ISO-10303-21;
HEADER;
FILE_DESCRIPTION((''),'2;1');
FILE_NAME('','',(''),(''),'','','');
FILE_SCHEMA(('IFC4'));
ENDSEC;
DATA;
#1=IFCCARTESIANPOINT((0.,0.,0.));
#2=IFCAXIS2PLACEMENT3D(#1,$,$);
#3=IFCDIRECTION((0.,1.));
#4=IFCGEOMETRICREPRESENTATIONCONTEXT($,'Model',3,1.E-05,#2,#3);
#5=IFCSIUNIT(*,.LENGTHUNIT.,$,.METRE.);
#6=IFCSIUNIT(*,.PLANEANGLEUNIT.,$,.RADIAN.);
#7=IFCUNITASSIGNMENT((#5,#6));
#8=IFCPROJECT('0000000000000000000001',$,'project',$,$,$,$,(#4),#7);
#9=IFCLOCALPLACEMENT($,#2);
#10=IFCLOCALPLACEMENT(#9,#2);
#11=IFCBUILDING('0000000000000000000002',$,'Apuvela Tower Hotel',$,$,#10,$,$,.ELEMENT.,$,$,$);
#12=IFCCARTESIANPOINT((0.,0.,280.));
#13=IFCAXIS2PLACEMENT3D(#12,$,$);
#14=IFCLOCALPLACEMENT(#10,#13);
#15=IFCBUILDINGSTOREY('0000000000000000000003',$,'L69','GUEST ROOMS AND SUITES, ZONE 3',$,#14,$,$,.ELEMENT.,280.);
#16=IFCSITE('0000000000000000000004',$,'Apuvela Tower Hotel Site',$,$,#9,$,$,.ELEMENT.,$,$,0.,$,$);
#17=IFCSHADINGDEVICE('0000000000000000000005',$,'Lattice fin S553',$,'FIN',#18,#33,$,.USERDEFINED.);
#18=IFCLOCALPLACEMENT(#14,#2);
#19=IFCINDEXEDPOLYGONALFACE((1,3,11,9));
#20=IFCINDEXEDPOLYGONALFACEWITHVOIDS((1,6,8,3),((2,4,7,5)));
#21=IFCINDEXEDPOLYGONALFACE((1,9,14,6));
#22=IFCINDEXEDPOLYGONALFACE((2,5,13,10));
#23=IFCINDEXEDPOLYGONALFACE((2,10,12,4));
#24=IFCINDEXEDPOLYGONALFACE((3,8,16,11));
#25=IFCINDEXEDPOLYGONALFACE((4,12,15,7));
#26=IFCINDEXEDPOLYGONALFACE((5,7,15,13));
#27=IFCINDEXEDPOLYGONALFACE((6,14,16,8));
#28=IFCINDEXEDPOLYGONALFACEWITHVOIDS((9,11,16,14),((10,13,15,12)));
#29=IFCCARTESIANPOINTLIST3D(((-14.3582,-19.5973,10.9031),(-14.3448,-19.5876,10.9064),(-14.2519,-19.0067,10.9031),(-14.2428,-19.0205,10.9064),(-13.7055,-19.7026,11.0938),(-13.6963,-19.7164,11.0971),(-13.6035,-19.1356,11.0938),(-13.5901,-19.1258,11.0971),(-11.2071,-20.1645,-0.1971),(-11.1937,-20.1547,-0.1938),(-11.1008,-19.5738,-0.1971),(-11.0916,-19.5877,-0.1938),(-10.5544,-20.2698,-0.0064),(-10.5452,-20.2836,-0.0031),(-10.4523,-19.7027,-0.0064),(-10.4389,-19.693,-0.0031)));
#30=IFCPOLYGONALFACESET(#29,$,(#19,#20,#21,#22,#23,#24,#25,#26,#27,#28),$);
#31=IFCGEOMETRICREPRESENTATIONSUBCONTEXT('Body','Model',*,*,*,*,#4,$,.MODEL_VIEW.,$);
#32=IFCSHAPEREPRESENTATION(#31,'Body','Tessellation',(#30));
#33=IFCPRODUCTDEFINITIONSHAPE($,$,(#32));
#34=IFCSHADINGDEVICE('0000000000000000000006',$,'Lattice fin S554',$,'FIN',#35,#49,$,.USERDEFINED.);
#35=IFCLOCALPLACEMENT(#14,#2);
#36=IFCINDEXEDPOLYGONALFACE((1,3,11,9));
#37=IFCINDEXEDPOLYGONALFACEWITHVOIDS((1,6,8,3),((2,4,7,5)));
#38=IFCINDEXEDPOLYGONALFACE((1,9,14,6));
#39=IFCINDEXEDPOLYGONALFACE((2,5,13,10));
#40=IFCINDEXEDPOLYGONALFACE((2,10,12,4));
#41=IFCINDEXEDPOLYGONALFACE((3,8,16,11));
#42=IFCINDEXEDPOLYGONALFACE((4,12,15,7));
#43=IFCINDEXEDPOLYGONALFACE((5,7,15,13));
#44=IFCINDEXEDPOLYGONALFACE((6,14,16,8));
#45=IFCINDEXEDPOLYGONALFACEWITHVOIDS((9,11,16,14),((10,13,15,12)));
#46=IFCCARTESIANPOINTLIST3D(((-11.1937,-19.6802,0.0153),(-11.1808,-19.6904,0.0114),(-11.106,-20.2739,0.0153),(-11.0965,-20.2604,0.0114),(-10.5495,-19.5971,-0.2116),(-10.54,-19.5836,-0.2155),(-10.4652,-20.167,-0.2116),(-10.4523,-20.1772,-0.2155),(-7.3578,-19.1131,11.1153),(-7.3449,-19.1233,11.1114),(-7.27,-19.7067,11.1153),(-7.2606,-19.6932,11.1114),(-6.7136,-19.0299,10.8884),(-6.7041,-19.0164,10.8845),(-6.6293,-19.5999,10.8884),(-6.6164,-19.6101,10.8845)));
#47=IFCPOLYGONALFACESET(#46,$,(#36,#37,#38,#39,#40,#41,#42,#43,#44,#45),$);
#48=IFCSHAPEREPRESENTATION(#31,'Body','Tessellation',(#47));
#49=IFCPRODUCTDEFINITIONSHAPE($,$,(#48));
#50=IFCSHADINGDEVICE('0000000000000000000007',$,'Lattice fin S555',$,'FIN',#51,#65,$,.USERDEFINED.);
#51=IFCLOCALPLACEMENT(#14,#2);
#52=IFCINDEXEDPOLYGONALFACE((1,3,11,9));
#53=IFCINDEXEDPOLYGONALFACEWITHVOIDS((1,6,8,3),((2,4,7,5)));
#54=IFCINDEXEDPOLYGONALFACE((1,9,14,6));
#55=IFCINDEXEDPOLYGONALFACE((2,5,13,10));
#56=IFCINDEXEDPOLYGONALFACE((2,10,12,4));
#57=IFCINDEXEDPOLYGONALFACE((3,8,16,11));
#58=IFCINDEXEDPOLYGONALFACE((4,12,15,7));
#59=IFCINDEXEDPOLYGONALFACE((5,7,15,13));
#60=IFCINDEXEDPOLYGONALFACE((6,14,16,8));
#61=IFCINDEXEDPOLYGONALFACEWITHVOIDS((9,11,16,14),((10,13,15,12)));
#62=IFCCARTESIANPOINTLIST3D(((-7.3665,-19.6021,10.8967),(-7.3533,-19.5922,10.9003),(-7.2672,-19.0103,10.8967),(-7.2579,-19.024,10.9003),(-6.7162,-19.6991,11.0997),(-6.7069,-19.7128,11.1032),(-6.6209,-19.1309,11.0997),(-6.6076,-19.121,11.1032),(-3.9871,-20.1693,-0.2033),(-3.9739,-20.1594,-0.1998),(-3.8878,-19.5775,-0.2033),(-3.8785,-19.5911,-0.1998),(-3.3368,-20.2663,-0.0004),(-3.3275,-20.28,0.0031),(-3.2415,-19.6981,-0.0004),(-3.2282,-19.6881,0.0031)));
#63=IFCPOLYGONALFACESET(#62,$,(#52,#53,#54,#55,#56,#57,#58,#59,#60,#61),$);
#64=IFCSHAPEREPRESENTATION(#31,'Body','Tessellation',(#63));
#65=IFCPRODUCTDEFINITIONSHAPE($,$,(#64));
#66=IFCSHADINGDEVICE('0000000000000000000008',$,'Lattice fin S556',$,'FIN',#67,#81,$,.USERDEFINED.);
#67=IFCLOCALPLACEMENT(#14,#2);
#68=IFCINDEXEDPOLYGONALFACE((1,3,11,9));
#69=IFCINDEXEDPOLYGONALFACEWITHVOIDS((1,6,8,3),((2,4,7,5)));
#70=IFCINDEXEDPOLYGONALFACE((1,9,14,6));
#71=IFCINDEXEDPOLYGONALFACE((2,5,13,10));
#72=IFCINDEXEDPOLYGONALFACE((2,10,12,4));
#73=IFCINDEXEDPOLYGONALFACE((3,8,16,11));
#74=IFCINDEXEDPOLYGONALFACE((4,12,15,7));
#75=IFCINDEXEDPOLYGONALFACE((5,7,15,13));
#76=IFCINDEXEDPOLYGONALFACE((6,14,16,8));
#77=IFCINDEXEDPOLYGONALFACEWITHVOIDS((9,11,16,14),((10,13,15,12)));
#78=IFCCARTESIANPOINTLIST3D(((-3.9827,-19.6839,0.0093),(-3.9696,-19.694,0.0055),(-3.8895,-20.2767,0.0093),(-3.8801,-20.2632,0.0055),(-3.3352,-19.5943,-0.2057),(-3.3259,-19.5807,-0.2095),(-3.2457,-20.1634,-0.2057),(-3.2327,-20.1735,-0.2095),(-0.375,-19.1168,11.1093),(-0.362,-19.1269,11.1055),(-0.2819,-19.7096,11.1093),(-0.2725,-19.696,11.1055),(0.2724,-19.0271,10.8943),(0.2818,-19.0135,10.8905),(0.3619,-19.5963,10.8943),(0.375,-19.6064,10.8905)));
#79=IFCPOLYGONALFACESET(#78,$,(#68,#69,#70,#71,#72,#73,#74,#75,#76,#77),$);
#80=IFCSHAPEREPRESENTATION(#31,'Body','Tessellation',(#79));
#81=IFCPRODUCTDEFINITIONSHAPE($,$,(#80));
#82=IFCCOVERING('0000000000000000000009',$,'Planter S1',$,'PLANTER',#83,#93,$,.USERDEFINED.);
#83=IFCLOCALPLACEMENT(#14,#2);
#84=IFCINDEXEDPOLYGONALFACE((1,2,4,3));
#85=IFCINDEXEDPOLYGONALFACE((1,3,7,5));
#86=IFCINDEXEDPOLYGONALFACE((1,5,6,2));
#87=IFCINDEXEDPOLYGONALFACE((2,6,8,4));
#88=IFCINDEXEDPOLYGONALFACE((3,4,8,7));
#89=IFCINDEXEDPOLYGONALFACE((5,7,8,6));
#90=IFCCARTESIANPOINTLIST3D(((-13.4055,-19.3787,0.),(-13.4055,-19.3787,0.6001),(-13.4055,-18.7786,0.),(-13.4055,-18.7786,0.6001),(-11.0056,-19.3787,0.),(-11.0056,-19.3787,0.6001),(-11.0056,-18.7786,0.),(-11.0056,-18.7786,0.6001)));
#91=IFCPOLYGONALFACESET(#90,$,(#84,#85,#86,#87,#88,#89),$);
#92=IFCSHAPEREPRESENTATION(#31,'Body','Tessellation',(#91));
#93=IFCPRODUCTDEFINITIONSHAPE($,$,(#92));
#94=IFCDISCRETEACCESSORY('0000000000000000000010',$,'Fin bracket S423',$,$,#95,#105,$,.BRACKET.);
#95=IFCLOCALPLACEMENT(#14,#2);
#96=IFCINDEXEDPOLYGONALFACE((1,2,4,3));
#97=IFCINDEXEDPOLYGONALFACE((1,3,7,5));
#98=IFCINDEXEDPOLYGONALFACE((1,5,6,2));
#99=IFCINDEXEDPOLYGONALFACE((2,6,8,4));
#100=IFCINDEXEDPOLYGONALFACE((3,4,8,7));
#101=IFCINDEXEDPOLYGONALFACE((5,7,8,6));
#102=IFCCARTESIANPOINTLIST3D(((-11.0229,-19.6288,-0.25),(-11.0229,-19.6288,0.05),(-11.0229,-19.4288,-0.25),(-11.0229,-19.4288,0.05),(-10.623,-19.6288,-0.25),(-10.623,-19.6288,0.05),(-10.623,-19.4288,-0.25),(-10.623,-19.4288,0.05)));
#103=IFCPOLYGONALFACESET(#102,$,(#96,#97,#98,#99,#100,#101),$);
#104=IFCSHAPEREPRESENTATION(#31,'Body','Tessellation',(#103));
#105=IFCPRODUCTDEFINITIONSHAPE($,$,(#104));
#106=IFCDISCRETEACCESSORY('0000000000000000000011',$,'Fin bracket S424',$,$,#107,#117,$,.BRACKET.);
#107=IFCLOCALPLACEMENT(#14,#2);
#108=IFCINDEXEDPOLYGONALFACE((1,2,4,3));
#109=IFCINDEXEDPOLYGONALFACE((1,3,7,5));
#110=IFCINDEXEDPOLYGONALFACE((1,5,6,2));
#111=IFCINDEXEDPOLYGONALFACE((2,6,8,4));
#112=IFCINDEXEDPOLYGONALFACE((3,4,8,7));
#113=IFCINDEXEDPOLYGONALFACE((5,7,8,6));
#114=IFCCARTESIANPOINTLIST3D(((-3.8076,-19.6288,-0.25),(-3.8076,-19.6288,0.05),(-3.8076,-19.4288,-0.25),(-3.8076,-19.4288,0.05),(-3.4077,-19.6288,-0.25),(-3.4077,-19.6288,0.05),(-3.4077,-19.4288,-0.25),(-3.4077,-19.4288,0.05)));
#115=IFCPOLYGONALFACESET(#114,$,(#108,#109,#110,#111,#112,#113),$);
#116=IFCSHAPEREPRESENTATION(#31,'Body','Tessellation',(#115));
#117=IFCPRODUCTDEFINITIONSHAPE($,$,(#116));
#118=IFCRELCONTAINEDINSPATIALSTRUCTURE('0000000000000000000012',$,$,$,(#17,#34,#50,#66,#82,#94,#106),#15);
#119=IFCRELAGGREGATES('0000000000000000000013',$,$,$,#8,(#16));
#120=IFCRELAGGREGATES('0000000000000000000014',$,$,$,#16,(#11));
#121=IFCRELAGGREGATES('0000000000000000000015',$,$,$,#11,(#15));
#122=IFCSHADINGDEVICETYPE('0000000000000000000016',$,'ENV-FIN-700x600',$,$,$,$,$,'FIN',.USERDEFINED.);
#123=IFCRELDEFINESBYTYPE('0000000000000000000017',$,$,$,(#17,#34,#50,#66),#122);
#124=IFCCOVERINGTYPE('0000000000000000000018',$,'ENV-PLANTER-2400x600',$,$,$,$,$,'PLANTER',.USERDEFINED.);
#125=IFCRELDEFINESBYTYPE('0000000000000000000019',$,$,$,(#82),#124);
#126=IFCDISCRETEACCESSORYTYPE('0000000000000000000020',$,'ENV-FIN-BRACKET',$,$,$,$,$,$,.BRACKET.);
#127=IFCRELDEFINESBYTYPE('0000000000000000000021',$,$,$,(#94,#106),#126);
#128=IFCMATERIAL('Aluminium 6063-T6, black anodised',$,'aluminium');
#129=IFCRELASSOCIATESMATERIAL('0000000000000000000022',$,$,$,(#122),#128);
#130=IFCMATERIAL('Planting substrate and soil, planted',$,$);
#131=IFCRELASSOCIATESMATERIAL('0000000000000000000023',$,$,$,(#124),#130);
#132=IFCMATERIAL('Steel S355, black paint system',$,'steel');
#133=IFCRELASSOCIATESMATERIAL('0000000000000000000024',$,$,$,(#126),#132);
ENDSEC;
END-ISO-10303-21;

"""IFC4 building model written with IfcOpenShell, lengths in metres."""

from ifc_helpers import new_model, si_unit, direction, frame, origin, origin_2d, place, context, subcontext, project, spatial, rectangle, hollow_rectangle, extrude, material, material_profile, profile_set, type_object, element, save


model = new_model("IFC4")

# Units and contexts
model_context = context("Model", 3, precision=1e-05, world=origin(), true_north=direction((0.0, 1.0)))
body_context = subcontext(model_context, "Body", "Model", "MODEL_VIEW")
ifc_project = project(units=[si_unit("LENGTHUNIT", "METRE"), si_unit("PLANEANGLEUNIT", "RADIAN")], contexts=[model_context])

# Site, building, storey
site_placement = place(None, origin())
site = spatial("IfcSite", under=ifc_project, at=site_placement, Name="Apuvela Tower Hotel Site", CompositionType="ELEMENT", RefElevation=0.0)
building_placement = place(site_placement, origin())
building = spatial("IfcBuilding", under=site, at=building_placement, Name="Apuvela Tower Hotel", CompositionType="ELEMENT")
storey_placement = place(building_placement, frame((0.0, 0.0, 280.0)))
storey = spatial("IfcBuildingStorey", under=building, at=storey_placement, Name="L69", Description="GUEST ROOMS AND SUITES, ZONE 3", CompositionType="ELEMENT", Elevation=280.0)

# Shading devices
ifc_material_1 = material(Name="Aluminium 6063-T6, black anodised", Category="aluminium")
ifc_material_profile_1 = material_profile(ifc_material_1, hollow_rectangle(XDim=0.6001, YDim=0.7, WallThickness=0.012, at=origin_2d()), Name="AL BOX 700x600x12")
ifc_profile_set_1 = profile_set([ifc_material_profile_1], Name="Aluminium 6063-T6, black anodised")
shading_device_type = type_object("IfcShadingDeviceType", Name="ENV-FIN-700x600", ElementType="FIN", PredefinedType="USERDEFINED", material=ifc_profile_set_1)
shading_device_1_placement = place(storey_placement, frame((-10.823, -19.9287, -0.1001), z_axis=(-0.272762, 0.049092, 0.960828), x_axis=(-0.177134, -0.984187, 0.0)))
element("IfcShadingDevice", 1, at=shading_device_1_placement, inside=storey, type_object=shading_device_type, Name="Lattice fin S553", ObjectType="FIN", PredefinedType="USERDEFINED", context=body_context, shape_type="SweptSolid", body=[
    extrude(hollow_rectangle(XDim=0.6001, YDim=0.7, WallThickness=0.012, at=origin_2d()), origin(), (0.0, 0.0, 1.0), 11.5527),
])
shading_device_2_placement = place(storey_placement, frame((-10.823, -19.9287, -0.1001), z_axis=(0.326243, 0.048235, 0.944054), x_axis=(-0.146259, 0.989246, 0.0)))
element("IfcShadingDevice", 2, at=shading_device_2_placement, inside=storey, type_object=shading_device_type, Name="Lattice fin S554", ObjectType="FIN", PredefinedType="USERDEFINED", context=body_context, shape_type="SweptSolid", body=[
    extrude(hollow_rectangle(XDim=0.6001, YDim=0.7, WallThickness=0.012, at=origin_2d()), origin(), (0.0, 0.0, 1.0), 11.7578),
])
shading_device_3_placement = place(storey_placement, frame((-3.6077, -19.9287, -0.1001), z_axis=(-0.290901, 0.04882, 0.955507), x_axis=(-0.165508, -0.986208, 0.0)))
element("IfcShadingDevice", 3, at=shading_device_3_placement, inside=storey, type_object=shading_device_type, Name="Lattice fin S555", ObjectType="FIN", PredefinedType="USERDEFINED", context=body_context, shape_type="SweptSolid", body=[
    extrude(hollow_rectangle(XDim=0.6001, YDim=0.7, WallThickness=0.012, at=origin_2d()), origin(), (0.0, 0.0, 1.0), 11.6169),
])
shading_device_4_placement = place(storey_placement, frame((-3.6077, -19.9287, -0.1001), z_axis=(0.308732, 0.048534, 0.94991), x_axis=(-0.155297, 0.987868, 0.0)))
element("IfcShadingDevice", 4, at=shading_device_4_placement, inside=storey, type_object=shading_device_type, Name="Lattice fin S556", ObjectType="FIN", PredefinedType="USERDEFINED", context=body_context, shape_type="SweptSolid", body=[
    extrude(hollow_rectangle(XDim=0.6001, YDim=0.7, WallThickness=0.012, at=origin_2d()), origin(), (0.0, 0.0, 1.0), 11.6853),
])

# Covering
ifc_material_2 = material(Name="Planting substrate and soil, planted")
covering_type = type_object("IfcCoveringType", Name="ENV-PLANTER-2400x600", ElementType="PLANTER", PredefinedType="USERDEFINED", material=ifc_material_2)
covering_placement = place(storey_placement, frame((-12.2056, -19.0786, 0.0), z_axis=(0.0, 0.0, 1.0), x_axis=(1.0, 0.0, 0.0)))
element("IfcCovering", 5, at=covering_placement, inside=storey, type_object=covering_type, Name="Planter S1", ObjectType="PLANTER", PredefinedType="USERDEFINED", context=body_context, shape_type="SweptSolid", body=[
    extrude(rectangle(XDim=2.3999, YDim=0.6001, at=origin_2d()), origin(), (0.0, 0.0, 1.0), 0.6001),
])

# Discrete accessories
ifc_material_3 = material(Name="Steel S355, black paint system", Category="steel")
discrete_accessory_type = type_object("IfcDiscreteAccessoryType", Name="ENV-FIN-BRACKET", PredefinedType="BRACKET", material=ifc_material_3)
for number, where, z_axis, x_axis, name in (
    (6, (-10.823, -19.5288, -0.25), (0.0, 0.0, 1.0), (1.0, 0.0, 0.0), "Fin bracket S423"),
    (7, (-3.6077, -19.5288, -0.25), (0.0, 0.0, 1.0), (1.0, 0.0, 0.0), "Fin bracket S424"),
):
    element("IfcDiscreteAccessory", number, at=place(storey_placement, frame(where, z_axis=z_axis, x_axis=x_axis)), inside=storey, type_object=discrete_accessory_type, Name=name, PredefinedType="BRACKET", context=body_context, shape_type="SweptSolid", body=[
        extrude(rectangle(XDim=0.3999, YDim=0.2, at=origin_2d()), origin(), (0.0, 0.0, 1.0), 0.3),
    ])

save(model, "model.ifc")
